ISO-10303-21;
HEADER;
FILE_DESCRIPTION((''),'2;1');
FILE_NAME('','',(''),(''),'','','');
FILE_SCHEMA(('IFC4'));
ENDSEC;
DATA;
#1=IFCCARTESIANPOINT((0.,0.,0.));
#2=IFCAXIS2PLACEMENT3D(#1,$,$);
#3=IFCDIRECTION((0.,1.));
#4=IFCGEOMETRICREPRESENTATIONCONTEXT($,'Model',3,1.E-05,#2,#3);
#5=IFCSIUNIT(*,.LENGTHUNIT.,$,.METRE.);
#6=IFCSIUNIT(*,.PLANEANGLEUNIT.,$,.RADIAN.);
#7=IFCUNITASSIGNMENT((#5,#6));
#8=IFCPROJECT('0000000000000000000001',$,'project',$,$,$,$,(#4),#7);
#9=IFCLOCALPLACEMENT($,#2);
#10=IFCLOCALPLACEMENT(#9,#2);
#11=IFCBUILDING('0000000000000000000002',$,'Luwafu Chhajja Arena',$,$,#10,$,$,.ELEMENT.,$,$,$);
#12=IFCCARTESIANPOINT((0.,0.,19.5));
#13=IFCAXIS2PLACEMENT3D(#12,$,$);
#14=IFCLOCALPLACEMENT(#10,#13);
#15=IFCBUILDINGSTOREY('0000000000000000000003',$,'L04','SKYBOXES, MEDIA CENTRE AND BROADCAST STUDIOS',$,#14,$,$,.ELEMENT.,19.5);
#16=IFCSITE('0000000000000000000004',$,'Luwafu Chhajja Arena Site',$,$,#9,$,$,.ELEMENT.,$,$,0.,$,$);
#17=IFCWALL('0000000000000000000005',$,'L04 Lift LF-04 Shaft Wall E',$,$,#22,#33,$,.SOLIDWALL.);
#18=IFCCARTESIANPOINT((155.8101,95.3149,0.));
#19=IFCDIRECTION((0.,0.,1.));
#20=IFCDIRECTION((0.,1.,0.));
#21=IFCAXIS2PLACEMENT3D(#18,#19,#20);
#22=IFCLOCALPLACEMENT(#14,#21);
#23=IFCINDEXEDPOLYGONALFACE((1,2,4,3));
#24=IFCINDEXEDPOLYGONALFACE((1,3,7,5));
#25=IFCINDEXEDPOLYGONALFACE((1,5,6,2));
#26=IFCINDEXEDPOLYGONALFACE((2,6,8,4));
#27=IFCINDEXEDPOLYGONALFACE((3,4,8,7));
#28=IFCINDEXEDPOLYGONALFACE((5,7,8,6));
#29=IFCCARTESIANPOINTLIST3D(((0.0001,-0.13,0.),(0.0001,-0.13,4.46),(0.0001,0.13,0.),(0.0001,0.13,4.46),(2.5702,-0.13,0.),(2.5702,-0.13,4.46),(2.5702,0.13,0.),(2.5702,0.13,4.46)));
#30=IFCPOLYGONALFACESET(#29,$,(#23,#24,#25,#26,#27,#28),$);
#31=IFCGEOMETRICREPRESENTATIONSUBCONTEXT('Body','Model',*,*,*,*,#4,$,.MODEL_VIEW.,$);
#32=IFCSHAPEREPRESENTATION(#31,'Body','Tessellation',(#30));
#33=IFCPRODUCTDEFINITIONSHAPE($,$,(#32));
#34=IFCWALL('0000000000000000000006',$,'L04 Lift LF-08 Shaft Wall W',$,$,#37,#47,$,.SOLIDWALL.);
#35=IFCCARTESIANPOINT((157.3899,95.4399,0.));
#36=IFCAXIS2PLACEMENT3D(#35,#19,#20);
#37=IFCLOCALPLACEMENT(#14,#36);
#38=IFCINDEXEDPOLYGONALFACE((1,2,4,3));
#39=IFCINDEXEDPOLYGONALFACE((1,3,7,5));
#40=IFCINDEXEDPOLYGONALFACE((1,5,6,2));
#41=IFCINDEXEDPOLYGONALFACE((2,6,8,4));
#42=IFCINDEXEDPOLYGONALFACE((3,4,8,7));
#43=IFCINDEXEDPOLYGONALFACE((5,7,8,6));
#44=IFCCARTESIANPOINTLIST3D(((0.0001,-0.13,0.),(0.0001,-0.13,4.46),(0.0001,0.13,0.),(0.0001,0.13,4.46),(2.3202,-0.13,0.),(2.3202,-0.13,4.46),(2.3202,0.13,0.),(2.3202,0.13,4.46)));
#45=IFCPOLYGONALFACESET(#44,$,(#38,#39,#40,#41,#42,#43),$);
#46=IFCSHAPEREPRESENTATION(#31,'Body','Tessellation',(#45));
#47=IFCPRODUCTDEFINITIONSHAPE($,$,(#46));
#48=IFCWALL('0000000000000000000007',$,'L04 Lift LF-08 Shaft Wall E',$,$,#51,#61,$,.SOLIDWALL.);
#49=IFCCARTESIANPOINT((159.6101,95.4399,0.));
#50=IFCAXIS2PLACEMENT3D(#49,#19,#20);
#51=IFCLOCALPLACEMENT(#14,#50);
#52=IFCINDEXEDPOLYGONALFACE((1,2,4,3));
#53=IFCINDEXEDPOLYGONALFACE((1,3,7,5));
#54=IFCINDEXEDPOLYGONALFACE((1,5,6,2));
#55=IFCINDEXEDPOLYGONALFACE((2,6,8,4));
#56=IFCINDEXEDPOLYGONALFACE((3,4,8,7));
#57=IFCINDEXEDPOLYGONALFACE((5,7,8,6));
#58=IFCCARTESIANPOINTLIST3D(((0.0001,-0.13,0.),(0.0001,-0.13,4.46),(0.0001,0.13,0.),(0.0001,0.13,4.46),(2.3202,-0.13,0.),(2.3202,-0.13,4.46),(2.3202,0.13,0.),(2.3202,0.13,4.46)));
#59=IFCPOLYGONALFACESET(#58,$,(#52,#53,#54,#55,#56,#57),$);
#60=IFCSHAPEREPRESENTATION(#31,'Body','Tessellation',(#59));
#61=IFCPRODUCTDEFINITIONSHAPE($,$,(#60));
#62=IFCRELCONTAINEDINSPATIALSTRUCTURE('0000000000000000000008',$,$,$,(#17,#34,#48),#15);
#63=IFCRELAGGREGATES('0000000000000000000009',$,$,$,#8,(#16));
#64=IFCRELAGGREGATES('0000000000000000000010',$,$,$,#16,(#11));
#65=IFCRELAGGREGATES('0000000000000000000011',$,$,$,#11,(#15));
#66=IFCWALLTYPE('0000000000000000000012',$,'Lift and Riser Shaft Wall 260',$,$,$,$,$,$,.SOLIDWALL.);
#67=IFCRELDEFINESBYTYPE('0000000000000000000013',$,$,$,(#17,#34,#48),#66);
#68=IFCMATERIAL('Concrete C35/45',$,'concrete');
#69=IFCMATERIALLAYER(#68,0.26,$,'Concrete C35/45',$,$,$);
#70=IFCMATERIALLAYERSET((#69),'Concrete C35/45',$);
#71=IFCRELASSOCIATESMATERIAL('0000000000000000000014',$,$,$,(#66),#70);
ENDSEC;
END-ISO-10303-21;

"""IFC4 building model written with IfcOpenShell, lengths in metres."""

from ifc_helpers import new_model, si_unit, direction, frame, frame_2d, origin, place, context, subcontext, project, spatial, rectangle, extrude, material, layer, layer_set, type_object, element, save


model = new_model("IFC4")

# Units and contexts
model_context = context("Model", 3, precision=1e-05, world=origin(), true_north=direction((0.0, 1.0)))
body_context = subcontext(model_context, "Body", "Model", "MODEL_VIEW")
ifc_project = project(units=[si_unit("LENGTHUNIT", "METRE"), si_unit("PLANEANGLEUNIT", "RADIAN")], contexts=[model_context])

# Site, building, storey
site_placement = place(None, origin())
site = spatial("IfcSite", under=ifc_project, at=site_placement, Name="Luwafu Chhajja Arena Site", CompositionType="ELEMENT", RefElevation=0.0)
building_placement = place(site_placement, origin())
building = spatial("IfcBuilding", under=site, at=building_placement, Name="Luwafu Chhajja Arena", CompositionType="ELEMENT")
storey_placement = place(building_placement, frame((0.0, 0.0, 19.5)))
storey = spatial("IfcBuildingStorey", under=building, at=storey_placement, Name="L04", Description="SKYBOXES, MEDIA CENTRE AND BROADCAST STUDIOS", CompositionType="ELEMENT", Elevation=19.5)

# Shared definitions
ifc_material_1 = material(Name="Concrete C35/45", Category="concrete")

# Wall
ifc_layer_1 = layer(ifc_material_1, 0.26, Name="Concrete C35/45")
ifc_layer_set_1 = layer_set([ifc_layer_1], Name="Concrete C35/45")
wall_type_1 = type_object("IfcWallType", Name="Lift and Riser Shaft Wall 260", PredefinedType="SOLIDWALL", material=ifc_layer_set_1)
wall_1_placement = place(storey_placement, frame((155.8101, 95.3149, 0.0), z_axis=(0.0, 0.0, 1.0), x_axis=(0.0, 1.0, 0.0)))
element("IfcWall", 1, at=wall_1_placement, inside=storey, type_object=wall_type_1, Name="L04 Lift LF-04 Shaft Wall E", PredefinedType="SOLIDWALL", context=body_context, shape_type="SweptSolid", body=[
    extrude(rectangle(XDim=2.5701, YDim=0.26, at=frame_2d((1.2852, 0.0))), origin(), (0.0, 0.0, 1.0), 4.46),
])

# Walls
for number, where, z_axis, x_axis, name in (
    (2, (157.3899, 95.4399, 0.0), (0.0, 0.0, 1.0), (0.0, 1.0, 0.0), "L04 Lift LF-08 Shaft Wall W"),
    (3, (159.6101, 95.4399, 0.0), (0.0, 0.0, 1.0), (0.0, 1.0, 0.0), "L04 Lift LF-08 Shaft Wall E"),
):
    element("IfcWall", number, at=place(storey_placement, frame(where, z_axis=z_axis, x_axis=x_axis)), inside=storey, type_object=wall_type_1, Name=name, PredefinedType="SOLIDWALL", context=body_context, shape_type="SweptSolid", body=[
        extrude(rectangle(XDim=2.3201, YDim=0.26, at=frame_2d((1.1602, 0.0))), origin(), (0.0, 0.0, 1.0), 4.46),
    ])

save(model, "model.ifc")
